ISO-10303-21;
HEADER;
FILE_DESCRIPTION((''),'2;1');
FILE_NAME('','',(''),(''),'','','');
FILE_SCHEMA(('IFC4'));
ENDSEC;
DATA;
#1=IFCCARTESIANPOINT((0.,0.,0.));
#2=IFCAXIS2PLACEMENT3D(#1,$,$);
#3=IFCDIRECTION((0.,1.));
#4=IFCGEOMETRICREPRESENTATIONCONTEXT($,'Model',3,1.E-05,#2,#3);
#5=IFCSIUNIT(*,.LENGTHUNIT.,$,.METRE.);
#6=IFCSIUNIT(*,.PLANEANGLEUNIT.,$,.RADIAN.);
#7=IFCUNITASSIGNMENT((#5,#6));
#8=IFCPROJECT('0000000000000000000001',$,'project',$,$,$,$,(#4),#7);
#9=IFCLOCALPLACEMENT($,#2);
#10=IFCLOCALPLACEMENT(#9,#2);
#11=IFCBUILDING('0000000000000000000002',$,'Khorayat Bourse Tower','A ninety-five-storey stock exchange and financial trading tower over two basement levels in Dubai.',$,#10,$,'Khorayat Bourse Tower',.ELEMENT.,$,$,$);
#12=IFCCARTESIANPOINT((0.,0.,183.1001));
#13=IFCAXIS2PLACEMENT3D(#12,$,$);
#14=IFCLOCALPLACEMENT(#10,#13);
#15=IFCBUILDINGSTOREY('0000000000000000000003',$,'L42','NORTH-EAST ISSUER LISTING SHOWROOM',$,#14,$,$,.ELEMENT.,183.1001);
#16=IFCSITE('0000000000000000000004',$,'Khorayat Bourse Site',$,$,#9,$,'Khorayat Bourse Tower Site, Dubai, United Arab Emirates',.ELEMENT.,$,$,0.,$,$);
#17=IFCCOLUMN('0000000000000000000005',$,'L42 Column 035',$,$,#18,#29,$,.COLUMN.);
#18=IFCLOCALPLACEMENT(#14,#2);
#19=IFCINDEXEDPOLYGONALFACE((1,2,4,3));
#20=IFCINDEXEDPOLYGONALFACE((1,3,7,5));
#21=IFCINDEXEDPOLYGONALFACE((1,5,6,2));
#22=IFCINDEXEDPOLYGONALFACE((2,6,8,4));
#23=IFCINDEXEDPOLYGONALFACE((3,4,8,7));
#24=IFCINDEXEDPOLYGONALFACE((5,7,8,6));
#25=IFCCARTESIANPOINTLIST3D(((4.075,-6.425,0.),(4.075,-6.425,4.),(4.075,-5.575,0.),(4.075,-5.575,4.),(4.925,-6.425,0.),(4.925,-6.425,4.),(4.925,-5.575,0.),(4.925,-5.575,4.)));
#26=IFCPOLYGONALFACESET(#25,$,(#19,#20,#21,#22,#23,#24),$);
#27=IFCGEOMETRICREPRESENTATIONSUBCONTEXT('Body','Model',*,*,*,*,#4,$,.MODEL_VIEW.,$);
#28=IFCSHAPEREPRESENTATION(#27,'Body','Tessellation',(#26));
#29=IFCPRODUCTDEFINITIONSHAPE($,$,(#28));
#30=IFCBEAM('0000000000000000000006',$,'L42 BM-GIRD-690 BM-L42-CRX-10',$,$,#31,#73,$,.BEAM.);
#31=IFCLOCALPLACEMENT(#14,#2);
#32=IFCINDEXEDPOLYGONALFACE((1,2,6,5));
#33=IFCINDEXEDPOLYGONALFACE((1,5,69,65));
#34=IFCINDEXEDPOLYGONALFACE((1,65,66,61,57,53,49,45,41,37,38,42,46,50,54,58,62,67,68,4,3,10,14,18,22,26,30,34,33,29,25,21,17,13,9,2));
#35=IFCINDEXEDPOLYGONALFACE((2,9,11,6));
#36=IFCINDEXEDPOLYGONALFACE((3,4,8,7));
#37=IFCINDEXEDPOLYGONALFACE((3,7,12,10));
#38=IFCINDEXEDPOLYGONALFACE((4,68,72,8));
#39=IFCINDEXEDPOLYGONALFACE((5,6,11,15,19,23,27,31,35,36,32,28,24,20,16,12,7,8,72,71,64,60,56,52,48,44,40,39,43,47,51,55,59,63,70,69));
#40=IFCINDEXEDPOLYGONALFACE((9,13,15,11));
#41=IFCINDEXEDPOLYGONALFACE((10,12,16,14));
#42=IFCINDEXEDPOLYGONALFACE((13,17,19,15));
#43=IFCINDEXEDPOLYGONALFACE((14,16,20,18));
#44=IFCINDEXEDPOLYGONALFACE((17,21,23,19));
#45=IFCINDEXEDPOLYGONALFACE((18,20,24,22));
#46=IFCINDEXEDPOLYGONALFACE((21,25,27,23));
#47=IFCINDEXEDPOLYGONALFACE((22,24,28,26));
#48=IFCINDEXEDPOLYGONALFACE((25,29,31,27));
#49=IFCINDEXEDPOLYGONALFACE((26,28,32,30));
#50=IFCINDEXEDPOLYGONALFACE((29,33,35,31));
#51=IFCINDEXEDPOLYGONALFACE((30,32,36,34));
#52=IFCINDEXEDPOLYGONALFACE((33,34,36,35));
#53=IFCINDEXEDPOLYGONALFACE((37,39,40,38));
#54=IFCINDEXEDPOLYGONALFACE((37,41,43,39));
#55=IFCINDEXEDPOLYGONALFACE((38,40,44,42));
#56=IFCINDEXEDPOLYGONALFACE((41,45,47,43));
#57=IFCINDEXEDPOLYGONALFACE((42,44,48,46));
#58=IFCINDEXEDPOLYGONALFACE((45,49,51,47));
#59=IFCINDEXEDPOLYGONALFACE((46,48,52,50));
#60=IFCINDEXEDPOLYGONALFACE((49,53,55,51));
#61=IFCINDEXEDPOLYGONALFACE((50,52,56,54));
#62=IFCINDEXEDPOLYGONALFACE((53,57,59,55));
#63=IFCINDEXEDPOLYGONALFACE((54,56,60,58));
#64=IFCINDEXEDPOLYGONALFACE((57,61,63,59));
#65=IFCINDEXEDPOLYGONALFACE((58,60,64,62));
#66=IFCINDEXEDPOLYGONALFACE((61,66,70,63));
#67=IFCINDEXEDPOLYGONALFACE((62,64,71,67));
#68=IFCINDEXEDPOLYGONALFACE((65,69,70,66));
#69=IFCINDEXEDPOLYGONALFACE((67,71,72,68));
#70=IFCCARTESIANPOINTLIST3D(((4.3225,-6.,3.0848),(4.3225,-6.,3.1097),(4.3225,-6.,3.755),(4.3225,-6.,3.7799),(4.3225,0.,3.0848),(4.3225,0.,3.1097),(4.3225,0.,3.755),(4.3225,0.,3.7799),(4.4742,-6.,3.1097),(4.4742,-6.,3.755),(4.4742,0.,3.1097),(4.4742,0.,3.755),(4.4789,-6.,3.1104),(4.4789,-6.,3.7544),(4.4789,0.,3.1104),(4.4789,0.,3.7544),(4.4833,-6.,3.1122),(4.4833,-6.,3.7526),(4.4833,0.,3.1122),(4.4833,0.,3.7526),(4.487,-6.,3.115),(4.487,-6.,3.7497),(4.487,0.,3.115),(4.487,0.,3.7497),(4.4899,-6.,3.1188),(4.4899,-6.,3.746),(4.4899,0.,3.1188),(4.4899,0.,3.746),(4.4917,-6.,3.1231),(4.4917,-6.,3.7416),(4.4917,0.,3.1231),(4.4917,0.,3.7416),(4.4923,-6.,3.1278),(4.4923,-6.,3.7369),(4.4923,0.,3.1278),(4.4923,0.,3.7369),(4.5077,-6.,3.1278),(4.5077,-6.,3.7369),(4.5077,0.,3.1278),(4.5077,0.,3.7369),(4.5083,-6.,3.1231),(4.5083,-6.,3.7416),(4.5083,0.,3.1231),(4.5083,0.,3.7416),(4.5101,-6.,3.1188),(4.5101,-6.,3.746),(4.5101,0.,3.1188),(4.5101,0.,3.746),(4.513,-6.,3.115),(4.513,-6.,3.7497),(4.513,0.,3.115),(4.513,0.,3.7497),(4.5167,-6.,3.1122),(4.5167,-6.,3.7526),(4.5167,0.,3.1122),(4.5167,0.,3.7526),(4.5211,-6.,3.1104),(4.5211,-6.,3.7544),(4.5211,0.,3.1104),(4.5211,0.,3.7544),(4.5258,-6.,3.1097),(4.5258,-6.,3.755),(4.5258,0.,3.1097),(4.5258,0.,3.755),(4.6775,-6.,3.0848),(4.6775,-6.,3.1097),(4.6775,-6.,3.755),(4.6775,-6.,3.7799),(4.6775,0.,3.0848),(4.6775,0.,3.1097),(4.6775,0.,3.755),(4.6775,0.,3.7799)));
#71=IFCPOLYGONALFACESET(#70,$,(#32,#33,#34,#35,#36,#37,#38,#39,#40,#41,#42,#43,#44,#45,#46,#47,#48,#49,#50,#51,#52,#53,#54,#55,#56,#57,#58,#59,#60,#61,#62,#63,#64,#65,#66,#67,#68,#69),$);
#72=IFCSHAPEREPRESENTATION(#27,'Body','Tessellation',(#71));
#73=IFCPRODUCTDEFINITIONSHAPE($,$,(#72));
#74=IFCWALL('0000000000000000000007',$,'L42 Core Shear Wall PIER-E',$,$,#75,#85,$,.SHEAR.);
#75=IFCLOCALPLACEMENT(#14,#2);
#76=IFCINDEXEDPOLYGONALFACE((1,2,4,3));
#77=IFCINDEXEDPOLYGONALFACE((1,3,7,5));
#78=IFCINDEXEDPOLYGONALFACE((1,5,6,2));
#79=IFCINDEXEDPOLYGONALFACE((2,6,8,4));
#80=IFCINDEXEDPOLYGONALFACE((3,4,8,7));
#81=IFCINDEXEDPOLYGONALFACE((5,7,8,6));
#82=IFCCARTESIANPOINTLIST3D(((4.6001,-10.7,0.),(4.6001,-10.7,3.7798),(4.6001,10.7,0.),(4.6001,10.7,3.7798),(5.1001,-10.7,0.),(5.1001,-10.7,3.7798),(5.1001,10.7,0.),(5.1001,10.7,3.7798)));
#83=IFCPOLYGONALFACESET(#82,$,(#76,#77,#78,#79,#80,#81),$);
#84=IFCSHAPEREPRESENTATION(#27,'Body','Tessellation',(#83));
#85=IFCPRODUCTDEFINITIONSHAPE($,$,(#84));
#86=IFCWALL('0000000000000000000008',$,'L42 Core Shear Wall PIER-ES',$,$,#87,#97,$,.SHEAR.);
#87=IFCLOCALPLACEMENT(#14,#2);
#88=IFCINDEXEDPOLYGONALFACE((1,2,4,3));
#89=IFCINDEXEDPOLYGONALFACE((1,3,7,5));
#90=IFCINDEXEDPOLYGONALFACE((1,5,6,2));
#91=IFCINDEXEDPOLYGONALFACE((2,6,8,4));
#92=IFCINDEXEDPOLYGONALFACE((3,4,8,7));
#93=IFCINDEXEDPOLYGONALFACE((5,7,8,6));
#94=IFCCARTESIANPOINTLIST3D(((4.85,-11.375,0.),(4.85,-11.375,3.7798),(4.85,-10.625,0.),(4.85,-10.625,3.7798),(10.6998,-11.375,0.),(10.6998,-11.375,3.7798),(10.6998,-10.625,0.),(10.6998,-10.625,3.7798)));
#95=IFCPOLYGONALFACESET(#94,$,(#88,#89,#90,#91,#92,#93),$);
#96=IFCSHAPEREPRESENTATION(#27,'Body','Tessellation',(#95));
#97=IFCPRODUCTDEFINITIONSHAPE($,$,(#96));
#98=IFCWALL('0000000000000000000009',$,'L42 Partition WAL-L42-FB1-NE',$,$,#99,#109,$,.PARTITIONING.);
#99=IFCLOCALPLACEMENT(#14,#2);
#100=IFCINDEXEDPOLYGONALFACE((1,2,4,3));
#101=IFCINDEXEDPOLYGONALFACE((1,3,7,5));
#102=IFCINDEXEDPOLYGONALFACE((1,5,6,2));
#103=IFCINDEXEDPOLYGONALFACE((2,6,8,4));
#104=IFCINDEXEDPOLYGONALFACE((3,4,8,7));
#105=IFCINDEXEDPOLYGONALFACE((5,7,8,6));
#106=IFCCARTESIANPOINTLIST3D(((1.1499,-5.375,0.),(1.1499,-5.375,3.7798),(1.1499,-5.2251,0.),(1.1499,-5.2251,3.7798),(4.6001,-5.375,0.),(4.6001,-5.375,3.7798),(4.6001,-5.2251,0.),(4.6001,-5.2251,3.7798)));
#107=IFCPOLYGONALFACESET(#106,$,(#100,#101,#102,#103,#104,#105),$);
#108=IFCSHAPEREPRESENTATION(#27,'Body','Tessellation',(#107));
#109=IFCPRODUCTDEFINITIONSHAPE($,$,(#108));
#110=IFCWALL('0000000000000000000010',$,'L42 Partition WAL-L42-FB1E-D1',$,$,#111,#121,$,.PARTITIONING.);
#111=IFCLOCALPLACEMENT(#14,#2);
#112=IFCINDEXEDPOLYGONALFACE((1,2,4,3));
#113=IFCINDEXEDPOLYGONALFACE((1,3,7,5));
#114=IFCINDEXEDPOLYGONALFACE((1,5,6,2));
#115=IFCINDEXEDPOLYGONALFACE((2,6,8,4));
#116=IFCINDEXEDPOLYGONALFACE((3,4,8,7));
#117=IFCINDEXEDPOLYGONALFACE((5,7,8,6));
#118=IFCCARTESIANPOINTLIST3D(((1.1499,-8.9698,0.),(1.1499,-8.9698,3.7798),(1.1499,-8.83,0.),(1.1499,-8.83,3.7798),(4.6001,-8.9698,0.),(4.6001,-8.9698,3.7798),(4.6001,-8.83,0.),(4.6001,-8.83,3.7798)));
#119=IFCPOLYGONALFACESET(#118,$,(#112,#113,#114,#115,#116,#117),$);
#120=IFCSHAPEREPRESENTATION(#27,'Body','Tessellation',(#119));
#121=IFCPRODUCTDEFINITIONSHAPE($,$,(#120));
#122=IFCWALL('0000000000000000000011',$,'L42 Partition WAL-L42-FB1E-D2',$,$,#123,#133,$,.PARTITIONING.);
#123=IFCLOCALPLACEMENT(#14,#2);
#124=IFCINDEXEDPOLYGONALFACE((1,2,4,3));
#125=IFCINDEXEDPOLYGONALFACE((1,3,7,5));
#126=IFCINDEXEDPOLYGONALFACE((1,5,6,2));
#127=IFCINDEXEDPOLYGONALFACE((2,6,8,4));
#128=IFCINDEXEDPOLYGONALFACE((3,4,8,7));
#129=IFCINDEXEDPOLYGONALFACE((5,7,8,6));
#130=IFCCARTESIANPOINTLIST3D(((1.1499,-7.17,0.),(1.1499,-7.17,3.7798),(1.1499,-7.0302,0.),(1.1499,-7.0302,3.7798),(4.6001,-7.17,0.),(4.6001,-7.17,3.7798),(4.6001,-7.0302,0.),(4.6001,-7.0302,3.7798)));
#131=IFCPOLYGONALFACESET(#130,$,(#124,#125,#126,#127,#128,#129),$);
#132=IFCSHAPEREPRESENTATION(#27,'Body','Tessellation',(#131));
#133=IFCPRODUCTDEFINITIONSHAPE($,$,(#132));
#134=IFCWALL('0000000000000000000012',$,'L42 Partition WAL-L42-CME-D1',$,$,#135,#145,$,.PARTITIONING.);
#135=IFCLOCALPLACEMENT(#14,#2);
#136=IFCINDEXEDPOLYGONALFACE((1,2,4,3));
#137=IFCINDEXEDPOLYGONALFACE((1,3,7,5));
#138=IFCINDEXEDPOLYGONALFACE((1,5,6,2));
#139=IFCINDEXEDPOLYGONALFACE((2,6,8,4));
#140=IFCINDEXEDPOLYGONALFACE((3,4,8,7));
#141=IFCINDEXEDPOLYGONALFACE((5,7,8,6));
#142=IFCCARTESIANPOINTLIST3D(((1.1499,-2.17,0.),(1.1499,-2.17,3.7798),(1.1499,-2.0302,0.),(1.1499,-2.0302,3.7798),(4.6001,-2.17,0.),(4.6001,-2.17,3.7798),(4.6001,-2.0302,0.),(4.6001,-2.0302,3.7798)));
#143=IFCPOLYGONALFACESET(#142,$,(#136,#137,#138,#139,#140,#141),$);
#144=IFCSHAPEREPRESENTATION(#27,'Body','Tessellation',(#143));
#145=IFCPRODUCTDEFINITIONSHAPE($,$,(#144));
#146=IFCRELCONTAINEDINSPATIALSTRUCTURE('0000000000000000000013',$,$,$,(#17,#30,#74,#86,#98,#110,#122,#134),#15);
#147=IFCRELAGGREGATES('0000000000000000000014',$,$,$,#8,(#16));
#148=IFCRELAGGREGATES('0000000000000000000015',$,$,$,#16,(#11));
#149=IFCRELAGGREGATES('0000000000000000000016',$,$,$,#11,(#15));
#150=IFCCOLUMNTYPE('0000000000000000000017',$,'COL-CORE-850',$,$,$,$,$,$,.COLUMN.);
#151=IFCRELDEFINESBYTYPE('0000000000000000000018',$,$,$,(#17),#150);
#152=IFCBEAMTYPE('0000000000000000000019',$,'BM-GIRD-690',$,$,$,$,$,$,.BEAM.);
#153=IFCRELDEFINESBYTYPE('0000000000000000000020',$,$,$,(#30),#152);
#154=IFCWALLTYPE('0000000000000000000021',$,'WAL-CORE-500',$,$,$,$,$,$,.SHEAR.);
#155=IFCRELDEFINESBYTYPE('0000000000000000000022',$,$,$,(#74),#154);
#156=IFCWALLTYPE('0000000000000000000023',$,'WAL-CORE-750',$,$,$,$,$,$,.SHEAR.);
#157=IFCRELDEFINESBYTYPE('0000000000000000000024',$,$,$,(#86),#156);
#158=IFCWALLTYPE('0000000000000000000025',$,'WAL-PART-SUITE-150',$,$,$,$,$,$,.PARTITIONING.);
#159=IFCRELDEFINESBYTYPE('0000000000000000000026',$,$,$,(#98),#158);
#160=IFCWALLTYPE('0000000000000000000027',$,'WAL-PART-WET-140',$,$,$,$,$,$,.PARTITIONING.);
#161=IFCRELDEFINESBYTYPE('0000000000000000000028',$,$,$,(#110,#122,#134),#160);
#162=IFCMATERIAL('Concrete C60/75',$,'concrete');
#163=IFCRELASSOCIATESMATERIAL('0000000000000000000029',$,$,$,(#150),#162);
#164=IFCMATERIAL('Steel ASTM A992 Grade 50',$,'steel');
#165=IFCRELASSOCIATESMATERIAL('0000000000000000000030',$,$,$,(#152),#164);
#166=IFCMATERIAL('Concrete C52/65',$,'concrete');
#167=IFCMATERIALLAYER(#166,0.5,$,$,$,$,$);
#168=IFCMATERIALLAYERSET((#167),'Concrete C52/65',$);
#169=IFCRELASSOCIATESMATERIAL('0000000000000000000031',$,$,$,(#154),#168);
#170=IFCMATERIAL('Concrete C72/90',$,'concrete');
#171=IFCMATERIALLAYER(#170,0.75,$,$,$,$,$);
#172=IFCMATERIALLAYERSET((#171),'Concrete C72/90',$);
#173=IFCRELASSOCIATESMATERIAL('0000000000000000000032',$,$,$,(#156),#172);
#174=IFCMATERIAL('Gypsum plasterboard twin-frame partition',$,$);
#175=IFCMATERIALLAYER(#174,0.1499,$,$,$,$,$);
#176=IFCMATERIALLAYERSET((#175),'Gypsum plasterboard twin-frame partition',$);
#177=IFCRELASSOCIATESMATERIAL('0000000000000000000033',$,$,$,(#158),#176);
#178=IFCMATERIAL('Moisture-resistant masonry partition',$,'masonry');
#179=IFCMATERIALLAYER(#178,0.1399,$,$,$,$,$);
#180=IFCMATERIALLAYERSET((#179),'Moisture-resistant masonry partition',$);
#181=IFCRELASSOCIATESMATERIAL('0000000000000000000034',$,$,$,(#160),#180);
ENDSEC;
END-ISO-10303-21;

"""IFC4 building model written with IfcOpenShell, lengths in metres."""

from ifc_helpers import new_model, si_unit, direction, frame, frame_2d, origin, origin_2d, place, context, subcontext, project, spatial, rectangle, i_section, extrude, source, transform, mapped, material, layer, layer_set, material_profile, profile_set, type_object, element, save


model = new_model("IFC4")

# Units and contexts
model_context = context("Model", 3, precision=1e-05, world=origin(), true_north=direction((0.0, 1.0)))
body_context = subcontext(model_context, "Body", "Model", "MODEL_VIEW")
ifc_project = project(units=[si_unit("LENGTHUNIT", "METRE"), si_unit("PLANEANGLEUNIT", "RADIAN")], contexts=[model_context])

# Site, building, storey
site_placement = place(None, origin())
site = spatial("IfcSite", under=ifc_project, at=site_placement, Name="Khorayat Bourse Site", LongName="Khorayat Bourse Tower Site, Dubai, United Arab Emirates", CompositionType="ELEMENT", RefElevation=0.0)
building_placement = place(site_placement, origin())
building = spatial("IfcBuilding", under=site, at=building_placement, Name="Khorayat Bourse Tower", Description="A ninety-five-storey stock exchange and financial trading tower over two basement levels in Dubai.", LongName="Khorayat Bourse Tower", CompositionType="ELEMENT")
storey_placement = place(building_placement, frame((0.0, 0.0, 183.1001)))
storey = spatial("IfcBuildingStorey", under=building, at=storey_placement, Name="L42", Description="NORTH-EAST ISSUER LISTING SHOWROOM", CompositionType="ELEMENT", Elevation=183.1001)

# Column
ifc_material_1 = material(Name="Concrete C60/75", Category="concrete")
ifc_material_profile_1 = material_profile(ifc_material_1, rectangle(XDim=0.8501, YDim=0.8501, at=origin_2d()), Name="RC 850x850")
ifc_profile_set_1 = profile_set([ifc_material_profile_1], Name="Concrete C60/75")
column_type = type_object("IfcColumnType", Name="COL-CORE-850", PredefinedType="COLUMN", material=ifc_profile_set_1)
shared_shape_1 = source(origin(), body_context, "Body", "SweptSolid", [
    extrude(rectangle(XDim=0.8501, YDim=0.8501, at=origin_2d()), origin(), (0.0, 0.0, 1.0), 4.0),
])
column_placement = place(storey_placement, frame((4.5, -6.0, 0.0), z_axis=(0.0, 0.0, 1.0), x_axis=(1.0, 0.0, 0.0)))
element("IfcColumn", 1, at=column_placement, inside=storey, type_object=column_type, Name="L42 Column 035", PredefinedType="COLUMN", context=body_context, shape_type="MappedRepresentation", body=[
    mapped(shared_shape_1, transform((0.0, 0.0, 0.0), scale=1.0)),
])

# Beam
ifc_material_2 = material(Name="Steel ASTM A992 Grade 50", Category="steel")
ifc_material_profile_2 = material_profile(ifc_material_2, i_section(OverallWidth=0.355, OverallDepth=0.6951, WebThickness=0.0154, FlangeThickness=0.0249, FilletRadius=0.0181, at=origin_2d()), Name="W690X217")
ifc_profile_set_2 = profile_set([ifc_material_profile_2], Name="Steel ASTM A992 Grade 50")
beam_type = type_object("IfcBeamType", Name="BM-GIRD-690", PredefinedType="BEAM", material=ifc_profile_set_2)
shared_shape_2 = source(origin(), body_context, "Body", "SweptSolid", [
    extrude(i_section(OverallWidth=0.355, OverallDepth=0.6951, WebThickness=0.0154, FlangeThickness=0.0249, FilletRadius=0.0181, at=origin_2d()), origin(), (0.0, 0.0, 1.0), 6.0),
])
beam_placement = place(storey_placement, frame((4.5, -6.0, 3.4324), z_axis=(0.0, 1.0, 0.0), x_axis=(-1.0, 0.0, 0.0)))
element("IfcBeam", 2, at=beam_placement, inside=storey, type_object=beam_type, Name="L42 BM-GIRD-690 BM-L42-CRX-10", PredefinedType="BEAM", context=body_context, shape_type="MappedRepresentation", body=[
    mapped(shared_shape_2, transform((0.0, 0.0, 0.0), scale=1.0)),
])

# Walls
ifc_material_3 = material(Name="Concrete C52/65", Category="concrete")
ifc_layer_1 = layer(ifc_material_3, 0.5)
ifc_layer_set_1 = layer_set([ifc_layer_1], Name="Concrete C52/65")
wall_type_1 = type_object("IfcWallType", Name="WAL-CORE-500", PredefinedType="SHEAR", material=ifc_layer_set_1)
shared_shape_3 = source(origin(), body_context, "Body", "SweptSolid", [
    extrude(rectangle(XDim=21.3999, YDim=0.5, at=frame_2d((10.7, 0.0))), origin(), (0.0, 0.0, 1.0), 3.7798),
])
wall_1_placement = place(storey_placement, frame((4.8501, -10.7, 0.0), z_axis=(0.0, 0.0, 1.0), x_axis=(0.0, 1.0, 0.0)))
element("IfcWall", 3, at=wall_1_placement, inside=storey, type_object=wall_type_1, Name="L42 Core Shear Wall PIER-E", PredefinedType="SHEAR", context=body_context, shape_type="MappedRepresentation", body=[
    mapped(shared_shape_3, transform((0.0, 0.0, 0.0), scale=1.0)),
])
ifc_material_4 = material(Name="Concrete C72/90", Category="concrete")
ifc_layer_2 = layer(ifc_material_4, 0.75)
ifc_layer_set_2 = layer_set([ifc_layer_2], Name="Concrete C72/90")
wall_type_2 = type_object("IfcWallType", Name="WAL-CORE-750", PredefinedType="SHEAR", material=ifc_layer_set_2)
shared_shape_4 = source(origin(), body_context, "Body", "SweptSolid", [
    extrude(rectangle(XDim=5.8499, YDim=0.75, at=frame_2d((2.9248, 0.0))), origin(), (0.0, 0.0, 1.0), 3.7798),
])
wall_2_placement = place(storey_placement, frame((4.8501, -11.0, 0.0), z_axis=(0.0, 0.0, 1.0), x_axis=(1.0, 0.0, 0.0)))
element("IfcWall", 4, at=wall_2_placement, inside=storey, type_object=wall_type_2, Name="L42 Core Shear Wall PIER-ES", PredefinedType="SHEAR", context=body_context, shape_type="MappedRepresentation", body=[
    mapped(shared_shape_4, transform((0.0, 0.0, 0.0), scale=1.0)),
])
ifc_material_5 = material(Name="Gypsum plasterboard twin-frame partition")
ifc_layer_3 = layer(ifc_material_5, 0.1499)
ifc_layer_set_3 = layer_set([ifc_layer_3], Name="Gypsum plasterboard twin-frame partition")
wall_type_3 = type_object("IfcWallType", Name="WAL-PART-SUITE-150", PredefinedType="PARTITIONING", material=ifc_layer_set_3)
shared_shape_5 = source(origin(), body_context, "Body", "SweptSolid", [
    extrude(rectangle(XDim=3.4502, YDim=0.1499, at=frame_2d((1.7251, 0.0))), origin(), (0.0, 0.0, 1.0), 3.7798),
])
wall_3_placement = place(storey_placement, frame((1.1499, -5.3, 0.0), z_axis=(0.0, 0.0, 1.0), x_axis=(1.0, 0.0, 0.0)))
element("IfcWall", 5, at=wall_3_placement, inside=storey, type_object=wall_type_3, Name="L42 Partition WAL-L42-FB1-NE", PredefinedType="PARTITIONING", context=body_context, shape_type="MappedRepresentation", body=[
    mapped(shared_shape_5, transform((0.0, 0.0, 0.0), scale=1.0)),
])
ifc_material_6 = material(Name="Moisture-resistant masonry partition", Category="masonry")
ifc_layer_4 = layer(ifc_material_6, 0.1399)
ifc_layer_set_4 = layer_set([ifc_layer_4], Name="Moisture-resistant masonry partition")
wall_type_4 = type_object("IfcWallType", Name="WAL-PART-WET-140", PredefinedType="PARTITIONING", material=ifc_layer_set_4)
shared_shape_6 = source(origin(), body_context, "Body", "SweptSolid", [
    extrude(rectangle(XDim=3.4502, YDim=0.1399, at=frame_2d((1.7251, 0.0))), origin(), (0.0, 0.0, 1.0), 3.7798),
])
for number, where, z_axis, x_axis, name in (
    (6, (1.1499, -8.8999, 0.0), (0.0, 0.0, 1.0), (1.0, 0.0, 0.0), "L42 Partition WAL-L42-FB1E-D1"),
    (7, (1.1499, -7.1001, 0.0), (0.0, 0.0, 1.0), (1.0, 0.0, 0.0), "L42 Partition WAL-L42-FB1E-D2"),
    (8, (1.1499, -2.1001, 0.0), (0.0, 0.0, 1.0), (1.0, 0.0, 0.0), "L42 Partition WAL-L42-CME-D1"),
):
    element("IfcWall", number, at=place(storey_placement, frame(where, z_axis=z_axis, x_axis=x_axis)), inside=storey, type_object=wall_type_4, Name=name, PredefinedType="PARTITIONING", context=body_context, shape_type="MappedRepresentation", body=[
        mapped(shared_shape_6, transform((0.0, 0.0, 0.0), scale=1.0)),
    ])

save(model, "model.ifc")
